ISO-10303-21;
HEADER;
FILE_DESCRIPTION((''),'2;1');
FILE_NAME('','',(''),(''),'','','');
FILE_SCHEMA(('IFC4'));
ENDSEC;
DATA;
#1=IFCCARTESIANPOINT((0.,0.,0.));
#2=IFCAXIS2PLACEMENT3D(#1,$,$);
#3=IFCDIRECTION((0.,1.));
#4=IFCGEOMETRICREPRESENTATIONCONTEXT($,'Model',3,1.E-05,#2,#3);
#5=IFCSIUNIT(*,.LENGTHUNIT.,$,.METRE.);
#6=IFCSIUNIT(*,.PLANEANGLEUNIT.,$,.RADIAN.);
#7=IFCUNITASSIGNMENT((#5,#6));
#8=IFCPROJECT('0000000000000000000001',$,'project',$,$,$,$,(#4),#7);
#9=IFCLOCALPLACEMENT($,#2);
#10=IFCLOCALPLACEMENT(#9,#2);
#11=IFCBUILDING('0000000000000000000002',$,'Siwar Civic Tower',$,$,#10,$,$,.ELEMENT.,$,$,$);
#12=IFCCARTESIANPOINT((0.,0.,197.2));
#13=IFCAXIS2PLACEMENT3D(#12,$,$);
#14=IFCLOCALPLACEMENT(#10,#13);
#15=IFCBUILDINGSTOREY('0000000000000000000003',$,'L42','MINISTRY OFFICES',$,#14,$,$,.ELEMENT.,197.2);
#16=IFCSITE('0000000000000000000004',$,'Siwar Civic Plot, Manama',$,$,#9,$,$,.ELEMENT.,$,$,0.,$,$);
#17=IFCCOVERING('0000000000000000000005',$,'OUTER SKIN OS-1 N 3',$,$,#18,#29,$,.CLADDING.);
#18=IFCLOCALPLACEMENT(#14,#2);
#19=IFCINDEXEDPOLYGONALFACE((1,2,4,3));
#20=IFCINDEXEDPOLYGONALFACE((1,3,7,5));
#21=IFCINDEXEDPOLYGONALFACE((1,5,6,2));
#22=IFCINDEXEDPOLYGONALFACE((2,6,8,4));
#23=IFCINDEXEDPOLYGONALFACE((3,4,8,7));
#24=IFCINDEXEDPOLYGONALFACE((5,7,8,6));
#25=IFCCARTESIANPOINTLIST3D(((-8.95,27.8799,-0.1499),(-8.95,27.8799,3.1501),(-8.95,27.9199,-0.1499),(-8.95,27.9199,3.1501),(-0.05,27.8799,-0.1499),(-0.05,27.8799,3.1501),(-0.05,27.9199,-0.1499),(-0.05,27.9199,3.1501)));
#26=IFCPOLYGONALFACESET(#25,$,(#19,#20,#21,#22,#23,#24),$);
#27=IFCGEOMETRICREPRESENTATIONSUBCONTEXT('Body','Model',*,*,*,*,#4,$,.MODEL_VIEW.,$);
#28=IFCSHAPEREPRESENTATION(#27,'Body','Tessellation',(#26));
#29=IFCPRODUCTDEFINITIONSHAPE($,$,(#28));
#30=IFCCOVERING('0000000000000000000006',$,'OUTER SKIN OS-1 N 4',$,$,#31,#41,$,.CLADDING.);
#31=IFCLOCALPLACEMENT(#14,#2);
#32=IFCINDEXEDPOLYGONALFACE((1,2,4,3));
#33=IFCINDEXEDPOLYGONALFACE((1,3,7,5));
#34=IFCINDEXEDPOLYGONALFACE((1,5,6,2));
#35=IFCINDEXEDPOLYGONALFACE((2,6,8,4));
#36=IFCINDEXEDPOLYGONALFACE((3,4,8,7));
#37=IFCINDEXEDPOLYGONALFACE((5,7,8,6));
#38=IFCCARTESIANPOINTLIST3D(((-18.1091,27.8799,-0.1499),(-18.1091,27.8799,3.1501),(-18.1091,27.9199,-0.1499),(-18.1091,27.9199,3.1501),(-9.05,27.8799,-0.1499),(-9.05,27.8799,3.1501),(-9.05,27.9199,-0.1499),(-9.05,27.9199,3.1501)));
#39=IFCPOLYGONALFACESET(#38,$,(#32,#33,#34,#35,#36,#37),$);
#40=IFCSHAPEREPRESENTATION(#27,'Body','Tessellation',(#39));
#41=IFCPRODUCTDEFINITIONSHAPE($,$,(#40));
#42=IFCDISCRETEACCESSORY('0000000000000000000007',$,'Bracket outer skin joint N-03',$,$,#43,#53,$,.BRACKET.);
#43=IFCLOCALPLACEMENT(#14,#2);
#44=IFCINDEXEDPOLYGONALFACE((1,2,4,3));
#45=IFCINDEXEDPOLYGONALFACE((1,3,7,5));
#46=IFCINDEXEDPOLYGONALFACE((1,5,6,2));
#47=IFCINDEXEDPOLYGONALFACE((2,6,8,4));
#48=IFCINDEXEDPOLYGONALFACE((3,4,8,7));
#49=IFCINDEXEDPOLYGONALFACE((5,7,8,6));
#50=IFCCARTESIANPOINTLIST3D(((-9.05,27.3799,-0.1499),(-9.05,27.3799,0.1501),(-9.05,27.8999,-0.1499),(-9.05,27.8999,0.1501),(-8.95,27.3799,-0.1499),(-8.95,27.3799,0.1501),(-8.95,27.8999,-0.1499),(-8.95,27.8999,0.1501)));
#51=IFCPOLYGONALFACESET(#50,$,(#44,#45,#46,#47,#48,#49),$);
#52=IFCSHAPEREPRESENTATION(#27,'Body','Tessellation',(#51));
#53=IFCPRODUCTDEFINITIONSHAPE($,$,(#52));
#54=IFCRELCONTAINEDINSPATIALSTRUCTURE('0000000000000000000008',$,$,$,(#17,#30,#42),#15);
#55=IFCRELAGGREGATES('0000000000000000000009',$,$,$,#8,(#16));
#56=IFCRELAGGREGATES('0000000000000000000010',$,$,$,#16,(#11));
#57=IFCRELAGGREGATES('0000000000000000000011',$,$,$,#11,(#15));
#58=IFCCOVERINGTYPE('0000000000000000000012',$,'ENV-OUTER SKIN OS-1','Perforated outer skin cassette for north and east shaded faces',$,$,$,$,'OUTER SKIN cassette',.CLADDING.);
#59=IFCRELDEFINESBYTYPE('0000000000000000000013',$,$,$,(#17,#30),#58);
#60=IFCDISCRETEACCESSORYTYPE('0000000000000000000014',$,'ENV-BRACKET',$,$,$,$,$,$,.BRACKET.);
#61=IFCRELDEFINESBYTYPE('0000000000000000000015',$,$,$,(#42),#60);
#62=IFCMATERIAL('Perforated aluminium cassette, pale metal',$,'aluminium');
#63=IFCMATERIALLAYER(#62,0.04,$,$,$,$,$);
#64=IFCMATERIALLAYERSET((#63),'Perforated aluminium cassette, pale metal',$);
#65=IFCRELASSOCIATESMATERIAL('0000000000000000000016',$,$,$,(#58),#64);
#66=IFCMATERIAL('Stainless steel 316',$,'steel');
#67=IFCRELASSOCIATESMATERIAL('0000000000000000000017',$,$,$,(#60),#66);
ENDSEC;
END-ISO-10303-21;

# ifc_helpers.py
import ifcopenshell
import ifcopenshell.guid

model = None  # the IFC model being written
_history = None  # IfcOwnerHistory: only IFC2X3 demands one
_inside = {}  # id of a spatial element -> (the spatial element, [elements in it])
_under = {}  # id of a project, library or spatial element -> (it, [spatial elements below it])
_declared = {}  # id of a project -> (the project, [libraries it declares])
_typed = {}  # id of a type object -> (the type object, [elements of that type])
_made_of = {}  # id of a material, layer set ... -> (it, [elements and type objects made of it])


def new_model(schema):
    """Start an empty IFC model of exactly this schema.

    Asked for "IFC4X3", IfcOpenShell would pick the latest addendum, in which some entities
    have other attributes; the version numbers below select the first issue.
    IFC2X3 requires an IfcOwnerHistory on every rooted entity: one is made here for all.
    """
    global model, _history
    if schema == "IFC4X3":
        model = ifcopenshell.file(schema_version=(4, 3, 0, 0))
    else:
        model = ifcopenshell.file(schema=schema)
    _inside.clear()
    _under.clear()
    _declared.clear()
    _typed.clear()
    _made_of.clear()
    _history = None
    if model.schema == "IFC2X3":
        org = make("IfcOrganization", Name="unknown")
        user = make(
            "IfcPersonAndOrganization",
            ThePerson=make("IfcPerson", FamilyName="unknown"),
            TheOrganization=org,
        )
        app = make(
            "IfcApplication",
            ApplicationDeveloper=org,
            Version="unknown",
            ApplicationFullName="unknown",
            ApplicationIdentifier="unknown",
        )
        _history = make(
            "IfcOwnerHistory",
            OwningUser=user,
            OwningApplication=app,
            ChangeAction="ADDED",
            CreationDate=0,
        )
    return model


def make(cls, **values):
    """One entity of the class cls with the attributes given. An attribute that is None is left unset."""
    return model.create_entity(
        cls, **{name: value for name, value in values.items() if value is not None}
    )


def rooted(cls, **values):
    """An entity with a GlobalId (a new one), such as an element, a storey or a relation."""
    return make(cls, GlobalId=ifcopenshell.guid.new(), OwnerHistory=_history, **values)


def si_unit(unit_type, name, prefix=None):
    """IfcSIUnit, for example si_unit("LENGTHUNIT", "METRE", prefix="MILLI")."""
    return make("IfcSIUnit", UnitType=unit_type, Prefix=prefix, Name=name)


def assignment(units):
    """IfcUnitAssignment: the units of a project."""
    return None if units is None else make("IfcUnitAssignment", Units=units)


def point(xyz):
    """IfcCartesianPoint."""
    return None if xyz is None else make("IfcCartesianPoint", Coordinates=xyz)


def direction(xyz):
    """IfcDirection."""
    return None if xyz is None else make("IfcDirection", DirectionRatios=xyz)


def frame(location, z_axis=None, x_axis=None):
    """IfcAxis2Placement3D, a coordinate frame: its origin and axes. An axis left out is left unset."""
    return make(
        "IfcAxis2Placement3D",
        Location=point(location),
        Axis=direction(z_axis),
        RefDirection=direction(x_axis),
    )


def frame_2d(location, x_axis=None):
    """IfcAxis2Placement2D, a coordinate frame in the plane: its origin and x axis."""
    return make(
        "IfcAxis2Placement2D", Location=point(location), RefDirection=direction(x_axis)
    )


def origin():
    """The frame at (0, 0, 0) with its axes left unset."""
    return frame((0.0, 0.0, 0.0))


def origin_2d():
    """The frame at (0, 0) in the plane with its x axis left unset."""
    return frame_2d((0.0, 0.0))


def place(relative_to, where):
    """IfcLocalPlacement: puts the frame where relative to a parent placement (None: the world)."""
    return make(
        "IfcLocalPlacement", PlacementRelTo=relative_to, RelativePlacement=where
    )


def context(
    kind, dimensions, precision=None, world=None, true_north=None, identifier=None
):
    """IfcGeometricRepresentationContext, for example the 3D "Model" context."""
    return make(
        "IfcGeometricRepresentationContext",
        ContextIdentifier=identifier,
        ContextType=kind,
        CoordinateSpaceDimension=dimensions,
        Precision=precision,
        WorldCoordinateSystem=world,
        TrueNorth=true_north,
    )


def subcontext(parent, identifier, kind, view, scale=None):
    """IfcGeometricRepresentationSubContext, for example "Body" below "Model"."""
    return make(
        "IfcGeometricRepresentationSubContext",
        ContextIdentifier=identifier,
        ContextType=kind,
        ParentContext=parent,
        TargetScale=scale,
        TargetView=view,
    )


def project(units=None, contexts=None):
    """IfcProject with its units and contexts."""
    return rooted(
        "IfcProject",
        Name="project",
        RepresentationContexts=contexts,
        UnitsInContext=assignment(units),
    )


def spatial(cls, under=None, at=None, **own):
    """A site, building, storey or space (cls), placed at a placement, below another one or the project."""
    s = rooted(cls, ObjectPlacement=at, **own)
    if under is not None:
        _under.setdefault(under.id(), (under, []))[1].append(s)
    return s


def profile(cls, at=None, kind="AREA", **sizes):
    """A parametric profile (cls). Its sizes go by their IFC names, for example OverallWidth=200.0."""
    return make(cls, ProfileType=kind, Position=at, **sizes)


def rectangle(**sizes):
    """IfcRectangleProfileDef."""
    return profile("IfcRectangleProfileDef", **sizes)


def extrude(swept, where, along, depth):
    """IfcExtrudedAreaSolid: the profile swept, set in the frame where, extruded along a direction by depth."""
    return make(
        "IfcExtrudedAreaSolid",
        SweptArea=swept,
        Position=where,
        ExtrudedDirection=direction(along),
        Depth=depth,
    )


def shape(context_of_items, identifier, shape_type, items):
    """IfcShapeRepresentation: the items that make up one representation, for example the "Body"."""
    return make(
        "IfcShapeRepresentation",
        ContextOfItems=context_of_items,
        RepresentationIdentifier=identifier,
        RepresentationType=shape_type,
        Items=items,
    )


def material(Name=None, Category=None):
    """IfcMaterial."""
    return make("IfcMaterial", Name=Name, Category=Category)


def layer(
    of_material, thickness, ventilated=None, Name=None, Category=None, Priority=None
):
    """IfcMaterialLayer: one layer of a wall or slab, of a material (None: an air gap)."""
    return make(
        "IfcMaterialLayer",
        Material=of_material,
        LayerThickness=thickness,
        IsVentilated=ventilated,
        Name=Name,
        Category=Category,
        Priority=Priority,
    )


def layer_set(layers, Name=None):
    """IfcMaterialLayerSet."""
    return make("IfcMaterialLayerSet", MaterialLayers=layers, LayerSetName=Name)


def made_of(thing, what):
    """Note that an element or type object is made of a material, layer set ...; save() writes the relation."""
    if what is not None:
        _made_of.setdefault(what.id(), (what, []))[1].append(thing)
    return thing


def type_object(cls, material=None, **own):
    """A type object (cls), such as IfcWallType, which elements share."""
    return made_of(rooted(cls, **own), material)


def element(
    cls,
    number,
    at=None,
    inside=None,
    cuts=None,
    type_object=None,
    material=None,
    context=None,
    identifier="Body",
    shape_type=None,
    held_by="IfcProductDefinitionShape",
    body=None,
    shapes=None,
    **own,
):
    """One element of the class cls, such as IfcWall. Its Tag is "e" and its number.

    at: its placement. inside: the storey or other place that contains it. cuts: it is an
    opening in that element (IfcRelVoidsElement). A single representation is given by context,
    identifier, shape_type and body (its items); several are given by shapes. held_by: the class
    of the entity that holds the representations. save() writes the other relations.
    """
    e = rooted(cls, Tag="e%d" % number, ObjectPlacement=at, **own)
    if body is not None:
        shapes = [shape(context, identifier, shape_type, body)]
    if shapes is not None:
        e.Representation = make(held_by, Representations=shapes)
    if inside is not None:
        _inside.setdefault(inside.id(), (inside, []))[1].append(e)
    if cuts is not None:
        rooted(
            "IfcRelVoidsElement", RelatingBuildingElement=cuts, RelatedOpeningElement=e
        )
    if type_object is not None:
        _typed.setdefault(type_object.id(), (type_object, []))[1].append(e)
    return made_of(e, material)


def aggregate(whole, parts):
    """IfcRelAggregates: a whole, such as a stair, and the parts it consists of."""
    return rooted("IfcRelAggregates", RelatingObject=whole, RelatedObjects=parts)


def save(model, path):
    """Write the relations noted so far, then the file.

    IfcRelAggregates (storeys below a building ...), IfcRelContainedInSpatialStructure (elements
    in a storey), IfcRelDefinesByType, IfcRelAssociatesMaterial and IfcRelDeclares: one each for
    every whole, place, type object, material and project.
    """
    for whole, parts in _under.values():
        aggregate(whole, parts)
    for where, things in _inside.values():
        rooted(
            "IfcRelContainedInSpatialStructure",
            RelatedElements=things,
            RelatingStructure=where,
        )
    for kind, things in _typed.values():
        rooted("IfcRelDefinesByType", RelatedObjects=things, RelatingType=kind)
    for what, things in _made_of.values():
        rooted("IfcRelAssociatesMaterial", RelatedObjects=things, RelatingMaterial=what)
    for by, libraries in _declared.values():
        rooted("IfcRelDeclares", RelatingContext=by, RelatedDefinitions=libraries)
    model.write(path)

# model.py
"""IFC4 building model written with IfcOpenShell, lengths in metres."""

from ifc_helpers import new_model, si_unit, direction, frame, origin, origin_2d, place, context, subcontext, project, spatial, rectangle, extrude, material, layer, layer_set, type_object, element, save


model = new_model("IFC4")

# Units and contexts
model_context = context("Model", 3, precision=1e-05, world=origin(), true_north=direction((0.0, 1.0)))
body_context = subcontext(model_context, "Body", "Model", "MODEL_VIEW")
ifc_project = project(units=[si_unit("LENGTHUNIT", "METRE"), si_unit("PLANEANGLEUNIT", "RADIAN")], contexts=[model_context])

# Site, building, storey
site_placement = place(None, origin())
site = spatial("IfcSite", under=ifc_project, at=site_placement, Name="Siwar Civic Plot, Manama", CompositionType="ELEMENT", RefElevation=0.0)
building_placement = place(site_placement, origin())
building = spatial("IfcBuilding", under=site, at=building_placement, Name="Siwar Civic Tower", CompositionType="ELEMENT")
storey_placement = place(building_placement, frame((0.0, 0.0, 197.2)))
storey = spatial("IfcBuildingStorey", under=building, at=storey_placement, Name="L42", Description="MINISTRY OFFICES", CompositionType="ELEMENT", Elevation=197.2)

# Coverings
ifc_material_1 = material(Name="Perforated aluminium cassette, pale metal", Category="aluminium")
ifc_layer_1 = layer(ifc_material_1, 0.04)
ifc_layer_set_1 = layer_set([ifc_layer_1], Name="Perforated aluminium cassette, pale metal")
covering_type = type_object("IfcCoveringType", Name="ENV-OUTER SKIN OS-1", Description="Perforated outer skin cassette for north and east shaded faces", ElementType="OUTER SKIN cassette", PredefinedType="CLADDING", material=ifc_layer_set_1)
covering_1_placement = place(storey_placement, frame((-4.5, 27.8999, -0.1499), z_axis=(0.0, 0.0, 1.0), x_axis=(-1.0, 0.0, 0.0)))
element("IfcCovering", 1, at=covering_1_placement, inside=storey, type_object=covering_type, Name="OUTER SKIN OS-1 N 3", PredefinedType="CLADDING", context=body_context, shape_type="SweptSolid", body=[
    extrude(rectangle(XDim=8.8999, YDim=0.04, at=origin_2d()), origin(), (0.0, 0.0, 1.0), 3.3),
])
covering_2_placement = place(storey_placement, frame((-13.5796, 27.8999, -0.1499), z_axis=(0.0, 0.0, 1.0), x_axis=(-1.0, 0.0, 0.0)))
element("IfcCovering", 2, at=covering_2_placement, inside=storey, type_object=covering_type, Name="OUTER SKIN OS-1 N 4", PredefinedType="CLADDING", context=body_context, shape_type="SweptSolid", body=[
    extrude(rectangle(XDim=9.0591, YDim=0.04, at=origin_2d()), origin(), (0.0, 0.0, 1.0), 3.3),
])

# Discrete accessory
ifc_material_2 = material(Name="Stainless steel 316", Category="steel")
discrete_accessory_type = type_object("IfcDiscreteAccessoryType", Name="ENV-BRACKET", PredefinedType="BRACKET", material=ifc_material_2)
discrete_accessory_placement = place(storey_placement, frame((-9.0, 27.6399, -0.1499), z_axis=(0.0, 0.0, 1.0), x_axis=(0.0, 1.0, 0.0)))
element("IfcDiscreteAccessory", 3, at=discrete_accessory_placement, inside=storey, type_object=discrete_accessory_type, Name="Bracket outer skin joint N-03", PredefinedType="BRACKET", context=body_context, shape_type="SweptSolid", body=[
    extrude(rectangle(XDim=0.52, YDim=0.1001, at=origin_2d()), origin(), (0.0, 0.0, 1.0), 0.3),
])

save(model, "model.ifc")
